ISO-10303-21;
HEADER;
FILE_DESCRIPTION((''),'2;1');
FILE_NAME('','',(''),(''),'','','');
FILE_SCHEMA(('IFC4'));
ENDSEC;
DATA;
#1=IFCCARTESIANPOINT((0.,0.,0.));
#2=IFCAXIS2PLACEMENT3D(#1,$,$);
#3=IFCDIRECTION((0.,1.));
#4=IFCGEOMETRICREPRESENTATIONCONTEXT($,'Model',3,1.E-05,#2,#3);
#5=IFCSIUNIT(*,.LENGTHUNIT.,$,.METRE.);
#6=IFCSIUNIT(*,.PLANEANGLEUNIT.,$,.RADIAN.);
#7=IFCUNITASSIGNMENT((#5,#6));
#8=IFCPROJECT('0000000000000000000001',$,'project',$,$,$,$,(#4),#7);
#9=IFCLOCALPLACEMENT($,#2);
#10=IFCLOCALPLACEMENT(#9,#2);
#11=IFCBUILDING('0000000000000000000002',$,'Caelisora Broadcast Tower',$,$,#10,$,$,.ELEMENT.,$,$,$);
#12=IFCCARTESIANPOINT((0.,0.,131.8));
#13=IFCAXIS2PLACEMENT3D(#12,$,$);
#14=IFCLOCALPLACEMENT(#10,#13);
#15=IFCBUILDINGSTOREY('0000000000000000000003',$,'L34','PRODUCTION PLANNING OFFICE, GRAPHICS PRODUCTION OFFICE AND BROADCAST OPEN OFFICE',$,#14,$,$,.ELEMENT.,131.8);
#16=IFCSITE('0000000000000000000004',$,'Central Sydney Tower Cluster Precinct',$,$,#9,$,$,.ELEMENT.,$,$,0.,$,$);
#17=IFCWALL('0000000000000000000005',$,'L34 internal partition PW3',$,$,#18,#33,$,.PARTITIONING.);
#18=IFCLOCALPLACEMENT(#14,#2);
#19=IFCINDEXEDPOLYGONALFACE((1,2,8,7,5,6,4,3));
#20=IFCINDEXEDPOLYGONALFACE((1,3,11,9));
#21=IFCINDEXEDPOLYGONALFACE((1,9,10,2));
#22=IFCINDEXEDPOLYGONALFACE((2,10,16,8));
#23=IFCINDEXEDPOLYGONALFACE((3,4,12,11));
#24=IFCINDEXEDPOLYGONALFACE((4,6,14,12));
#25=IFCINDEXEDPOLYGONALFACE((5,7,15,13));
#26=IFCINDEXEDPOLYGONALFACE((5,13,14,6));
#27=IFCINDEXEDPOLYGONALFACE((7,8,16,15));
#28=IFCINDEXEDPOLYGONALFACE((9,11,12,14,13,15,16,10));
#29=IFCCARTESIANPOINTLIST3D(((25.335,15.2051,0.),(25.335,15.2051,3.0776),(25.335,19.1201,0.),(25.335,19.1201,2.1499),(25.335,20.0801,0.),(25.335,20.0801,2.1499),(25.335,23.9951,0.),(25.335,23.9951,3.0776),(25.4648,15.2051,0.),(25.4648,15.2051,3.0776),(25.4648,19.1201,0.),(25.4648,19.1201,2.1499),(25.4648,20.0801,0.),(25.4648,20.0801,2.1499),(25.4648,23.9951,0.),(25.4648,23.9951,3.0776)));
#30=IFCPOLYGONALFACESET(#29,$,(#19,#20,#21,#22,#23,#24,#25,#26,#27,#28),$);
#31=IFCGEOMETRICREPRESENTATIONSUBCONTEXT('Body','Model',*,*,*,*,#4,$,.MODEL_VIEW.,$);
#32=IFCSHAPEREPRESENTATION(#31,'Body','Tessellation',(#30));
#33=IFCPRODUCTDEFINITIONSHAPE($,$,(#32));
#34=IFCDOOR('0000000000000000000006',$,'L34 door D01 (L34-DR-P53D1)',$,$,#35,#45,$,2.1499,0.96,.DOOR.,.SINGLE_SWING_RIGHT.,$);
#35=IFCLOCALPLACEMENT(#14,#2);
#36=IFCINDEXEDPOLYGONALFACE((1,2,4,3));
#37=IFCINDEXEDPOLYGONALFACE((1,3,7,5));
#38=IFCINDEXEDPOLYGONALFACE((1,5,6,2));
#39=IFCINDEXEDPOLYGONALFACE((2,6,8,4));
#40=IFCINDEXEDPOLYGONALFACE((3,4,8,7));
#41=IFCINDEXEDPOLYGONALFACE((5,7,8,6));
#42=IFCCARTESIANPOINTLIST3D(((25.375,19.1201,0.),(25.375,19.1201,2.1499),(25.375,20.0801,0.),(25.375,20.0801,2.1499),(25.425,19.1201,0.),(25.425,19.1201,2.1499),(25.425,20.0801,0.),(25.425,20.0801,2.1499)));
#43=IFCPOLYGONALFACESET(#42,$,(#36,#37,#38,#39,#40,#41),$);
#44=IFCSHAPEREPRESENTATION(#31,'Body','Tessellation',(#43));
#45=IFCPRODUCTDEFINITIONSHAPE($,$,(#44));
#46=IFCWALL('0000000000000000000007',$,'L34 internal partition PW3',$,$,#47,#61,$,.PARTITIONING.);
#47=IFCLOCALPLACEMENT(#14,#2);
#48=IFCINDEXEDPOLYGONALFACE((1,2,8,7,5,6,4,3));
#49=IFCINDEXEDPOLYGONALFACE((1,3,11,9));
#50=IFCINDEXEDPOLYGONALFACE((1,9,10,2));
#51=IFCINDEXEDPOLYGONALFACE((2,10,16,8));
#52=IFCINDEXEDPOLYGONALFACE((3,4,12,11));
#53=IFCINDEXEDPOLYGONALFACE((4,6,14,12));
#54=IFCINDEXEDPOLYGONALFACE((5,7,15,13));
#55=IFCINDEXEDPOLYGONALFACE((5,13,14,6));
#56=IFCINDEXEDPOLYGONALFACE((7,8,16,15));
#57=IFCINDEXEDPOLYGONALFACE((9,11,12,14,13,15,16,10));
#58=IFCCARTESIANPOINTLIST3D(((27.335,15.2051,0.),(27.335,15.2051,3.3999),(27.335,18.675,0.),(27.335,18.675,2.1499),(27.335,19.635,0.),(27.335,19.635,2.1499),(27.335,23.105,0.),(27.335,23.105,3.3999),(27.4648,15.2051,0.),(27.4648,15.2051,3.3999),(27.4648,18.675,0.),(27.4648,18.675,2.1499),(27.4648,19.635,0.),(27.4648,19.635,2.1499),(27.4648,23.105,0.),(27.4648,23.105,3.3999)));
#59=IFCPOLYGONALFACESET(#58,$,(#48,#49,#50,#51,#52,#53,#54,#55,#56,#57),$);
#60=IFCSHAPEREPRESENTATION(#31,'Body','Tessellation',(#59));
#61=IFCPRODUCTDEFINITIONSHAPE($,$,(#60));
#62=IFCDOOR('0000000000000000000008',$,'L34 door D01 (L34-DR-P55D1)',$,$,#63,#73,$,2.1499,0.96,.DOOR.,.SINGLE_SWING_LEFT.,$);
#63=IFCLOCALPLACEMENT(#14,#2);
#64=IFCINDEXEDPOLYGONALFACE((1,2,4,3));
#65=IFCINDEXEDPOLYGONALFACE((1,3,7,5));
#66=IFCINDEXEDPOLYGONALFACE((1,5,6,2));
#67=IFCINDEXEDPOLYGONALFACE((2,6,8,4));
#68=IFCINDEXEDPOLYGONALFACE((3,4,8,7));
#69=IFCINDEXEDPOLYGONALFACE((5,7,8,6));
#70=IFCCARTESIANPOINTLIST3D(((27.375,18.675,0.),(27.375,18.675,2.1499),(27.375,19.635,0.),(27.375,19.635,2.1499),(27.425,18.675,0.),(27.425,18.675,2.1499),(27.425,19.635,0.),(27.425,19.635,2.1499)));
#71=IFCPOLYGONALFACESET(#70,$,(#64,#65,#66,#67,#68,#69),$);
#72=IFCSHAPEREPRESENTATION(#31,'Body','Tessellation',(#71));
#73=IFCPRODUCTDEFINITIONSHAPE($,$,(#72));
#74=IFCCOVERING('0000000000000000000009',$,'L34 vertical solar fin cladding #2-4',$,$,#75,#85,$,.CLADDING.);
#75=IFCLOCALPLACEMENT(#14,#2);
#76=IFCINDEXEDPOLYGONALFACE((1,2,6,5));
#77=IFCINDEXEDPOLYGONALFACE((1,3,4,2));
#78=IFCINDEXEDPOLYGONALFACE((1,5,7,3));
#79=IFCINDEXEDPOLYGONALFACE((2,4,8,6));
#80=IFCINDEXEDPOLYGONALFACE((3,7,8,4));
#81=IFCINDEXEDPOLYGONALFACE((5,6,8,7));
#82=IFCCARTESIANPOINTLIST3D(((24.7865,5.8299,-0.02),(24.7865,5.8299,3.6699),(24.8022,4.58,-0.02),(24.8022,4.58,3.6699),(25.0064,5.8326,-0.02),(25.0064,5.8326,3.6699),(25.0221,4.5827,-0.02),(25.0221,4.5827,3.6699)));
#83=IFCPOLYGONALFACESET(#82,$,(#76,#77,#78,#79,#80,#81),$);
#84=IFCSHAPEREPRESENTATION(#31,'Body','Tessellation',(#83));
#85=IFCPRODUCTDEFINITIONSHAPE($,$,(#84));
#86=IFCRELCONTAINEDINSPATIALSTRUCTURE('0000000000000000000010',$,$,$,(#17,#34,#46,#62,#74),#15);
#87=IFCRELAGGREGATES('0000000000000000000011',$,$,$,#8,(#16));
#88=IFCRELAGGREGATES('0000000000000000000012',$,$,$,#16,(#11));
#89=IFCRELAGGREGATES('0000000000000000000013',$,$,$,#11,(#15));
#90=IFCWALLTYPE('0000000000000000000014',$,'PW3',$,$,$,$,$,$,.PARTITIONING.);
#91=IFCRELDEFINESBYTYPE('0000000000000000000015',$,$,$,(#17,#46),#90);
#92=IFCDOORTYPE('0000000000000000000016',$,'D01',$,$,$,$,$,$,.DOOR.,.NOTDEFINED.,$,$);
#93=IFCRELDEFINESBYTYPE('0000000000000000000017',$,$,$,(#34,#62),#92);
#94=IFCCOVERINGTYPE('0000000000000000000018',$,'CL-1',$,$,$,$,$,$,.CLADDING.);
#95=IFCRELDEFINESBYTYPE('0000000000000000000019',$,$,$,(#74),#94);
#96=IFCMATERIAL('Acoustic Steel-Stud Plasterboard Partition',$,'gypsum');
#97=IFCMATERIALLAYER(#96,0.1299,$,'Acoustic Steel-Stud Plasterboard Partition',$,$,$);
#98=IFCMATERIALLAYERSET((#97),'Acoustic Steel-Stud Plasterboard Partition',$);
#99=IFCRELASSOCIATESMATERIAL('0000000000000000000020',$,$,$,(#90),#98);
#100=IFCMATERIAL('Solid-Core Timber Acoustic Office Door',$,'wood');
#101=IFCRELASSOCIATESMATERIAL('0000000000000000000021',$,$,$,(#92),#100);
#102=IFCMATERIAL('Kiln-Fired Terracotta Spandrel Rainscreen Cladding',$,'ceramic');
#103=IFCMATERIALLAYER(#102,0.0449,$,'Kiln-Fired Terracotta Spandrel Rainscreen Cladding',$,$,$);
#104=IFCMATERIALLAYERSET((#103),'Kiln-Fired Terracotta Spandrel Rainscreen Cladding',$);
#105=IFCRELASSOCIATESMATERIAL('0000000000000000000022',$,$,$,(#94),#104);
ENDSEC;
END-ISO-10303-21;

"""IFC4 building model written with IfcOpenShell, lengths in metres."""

from ifc_helpers import new_model, si_unit, direction, frame, frame_2d, origin, origin_2d, place, context, subcontext, project, spatial, rectangle, extrude, source, transform, mapped, material, layer, layer_set, type_object, type_shapes, element, fill, save


model = new_model("IFC4")

# Units and contexts
model_context = context("Model", 3, precision=1e-05, world=origin(), true_north=direction((0.0, 1.0)))
body_context = subcontext(model_context, "Body", "Model", "MODEL_VIEW")
ifc_project = project(units=[si_unit("LENGTHUNIT", "METRE"), si_unit("PLANEANGLEUNIT", "RADIAN")], contexts=[model_context])

# Site, building, storey
site_placement = place(None, origin())
site = spatial("IfcSite", under=ifc_project, at=site_placement, Name="Central Sydney Tower Cluster Precinct", CompositionType="ELEMENT", RefElevation=0.0)
building_placement = place(site_placement, origin())
building = spatial("IfcBuilding", under=site, at=building_placement, Name="Caelisora Broadcast Tower", CompositionType="ELEMENT")
storey_placement = place(building_placement, frame((0.0, 0.0, 131.8)))
storey = spatial("IfcBuildingStorey", under=building, at=storey_placement, Name="L34", Description="PRODUCTION PLANNING OFFICE, GRAPHICS PRODUCTION OFFICE AND BROADCAST OPEN OFFICE", CompositionType="ELEMENT", Elevation=131.8)

# Shared definitions
ifc_material_1 = material(Name="Acoustic Steel-Stud Plasterboard Partition", Category="gypsum")
ifc_layer_1 = layer(ifc_material_1, 0.1299, Name="Acoustic Steel-Stud Plasterboard Partition")
ifc_layer_set_1 = layer_set([ifc_layer_1], Name="Acoustic Steel-Stud Plasterboard Partition")
wall_type_1 = type_object("IfcWallType", Name="PW3", PredefinedType="PARTITIONING", material=ifc_layer_set_1)

# Walls, openings, doors
wall_1_placement = place(storey_placement, frame((25.3999, 15.2051, 0.0), z_axis=(0.0, 0.0, 1.0), x_axis=(0.0, 1.0, 0.0)))
wall_1 = element("IfcWall", 1, at=wall_1_placement, inside=storey, type_object=wall_type_1, Name="L34 internal partition PW3", PredefinedType="PARTITIONING", context=body_context, shape_type="SweptSolid", body=[
    extrude(rectangle(XDim=8.79, YDim=0.1299, at=frame_2d((4.395, 0.0))), origin(), (0.0, 0.0, 1.0), 3.0776),
])
opening_1_placement = place(wall_1_placement, frame((3.915, 0.0, 0.0)))
opening_1 = element("IfcOpeningElement", 2, at=opening_1_placement, cuts=wall_1, PredefinedType="OPENING", context=body_context, shape_type="SweptSolid", body=[
    extrude(rectangle(XDim=0.96, YDim=2.1499, at=frame_2d((0.48, 1.075))), frame((0.0, 0.0769, 0.0), z_axis=(0.0, -1.0, 0.0), x_axis=(1.0, 0.0, 0.0)), (0.0, 0.0, 1.0), 0.1538),
])
ifc_material_2 = material(Name="Solid-Core Timber Acoustic Office Door", Category="wood")
door_type_1 = type_object("IfcDoorType", Name="D01", OperationType="NOTDEFINED", PredefinedType="DOOR", material=ifc_material_2)
door_1_placement = place(opening_1_placement, origin())
door_1 = element("IfcDoor", 3, at=door_1_placement, inside=storey, type_object=door_type_1, Name="L34 door D01 (L34-DR-P53D1)", OperationType="SINGLE_SWING_RIGHT", OverallHeight=2.1499, OverallWidth=0.96, PredefinedType="DOOR", context=body_context, shape_type="SweptSolid", body=[
    extrude(rectangle(XDim=0.96, YDim=2.1499, at=frame_2d((0.48, 1.075))), frame((0.0, 0.0249, 0.0), z_axis=(0.0, -1.0, 0.0), x_axis=(1.0, 0.0, 0.0)), (0.0, 0.0, 1.0), 0.05),
])
fill(opening_1, door_1)
wall_2_placement = place(storey_placement, frame((27.3999, 15.2051, 0.0), z_axis=(0.0, 0.0, 1.0), x_axis=(0.0, 1.0, 0.0)))
wall_2 = element("IfcWall", 4, at=wall_2_placement, inside=storey, type_object=wall_type_1, Name="L34 internal partition PW3", PredefinedType="PARTITIONING", context=body_context, shape_type="SweptSolid", body=[
    extrude(rectangle(XDim=7.8999, YDim=0.1299, at=frame_2d((3.95, 0.0))), origin(), (0.0, 0.0, 1.0), 3.3999),
])
opening_2_placement = place(wall_2_placement, frame((3.47, 0.0, 0.0)))
opening_2 = element("IfcOpeningElement", 5, at=opening_2_placement, cuts=wall_2, PredefinedType="OPENING", context=body_context, shape_type="SweptSolid", body=[
    extrude(rectangle(XDim=0.96, YDim=2.1499, at=frame_2d((0.48, 1.075))), frame((0.0, 0.0769, 0.0), z_axis=(0.0, -1.0, 0.0), x_axis=(1.0, 0.0, 0.0)), (0.0, 0.0, 1.0), 0.1538),
])
door_2_placement = place(opening_2_placement, origin())
door_2 = element("IfcDoor", 6, at=door_2_placement, inside=storey, type_object=door_type_1, Name="L34 door D01 (L34-DR-P55D1)", OperationType="SINGLE_SWING_LEFT", OverallHeight=2.1499, OverallWidth=0.96, PredefinedType="DOOR", context=body_context, shape_type="SweptSolid", body=[
    extrude(rectangle(XDim=0.96, YDim=2.1499, at=frame_2d((0.48, 1.075))), frame((0.0, 0.0249, 0.0), z_axis=(0.0, -1.0, 0.0), x_axis=(1.0, 0.0, 0.0)), (0.0, 0.0, 1.0), 0.05),
])
fill(opening_2, door_2)

# Covering
ifc_material_3 = material(Name="Kiln-Fired Terracotta Spandrel Rainscreen Cladding", Category="ceramic")
ifc_layer_2 = layer(ifc_material_3, 0.0449, Name="Kiln-Fired Terracotta Spandrel Rainscreen Cladding")
ifc_layer_set_2 = layer_set([ifc_layer_2], Name="Kiln-Fired Terracotta Spandrel Rainscreen Cladding")
covering_type = type_object("IfcCoveringType", Name="CL-1", PredefinedType="CLADDING", material=ifc_layer_set_2)
shared_shape_1 = source(origin(), body_context, "Body", "SweptSolid", [
    extrude(rectangle(XDim=0.22, YDim=1.25, at=origin_2d()), origin(), (0.0, 0.0, 1.0), 3.6899),
])
type_shapes(covering_type, [shared_shape_1])
covering_placement = place(storey_placement, frame((24.9043, 5.2063, -0.02), z_axis=(0.0, 0.0, 1.0), x_axis=(-0.999921, -0.012566, 0.0)))
element("IfcCovering", 7, at=covering_placement, inside=storey, type_object=covering_type, Name="L34 vertical solar fin cladding #2-4", PredefinedType="CLADDING", context=body_context, shape_type="MappedRepresentation", body=[
    mapped(shared_shape_1, transform((0.0, 0.0, 0.0), scale=1.0)),
])

save(model, "model.ifc")
